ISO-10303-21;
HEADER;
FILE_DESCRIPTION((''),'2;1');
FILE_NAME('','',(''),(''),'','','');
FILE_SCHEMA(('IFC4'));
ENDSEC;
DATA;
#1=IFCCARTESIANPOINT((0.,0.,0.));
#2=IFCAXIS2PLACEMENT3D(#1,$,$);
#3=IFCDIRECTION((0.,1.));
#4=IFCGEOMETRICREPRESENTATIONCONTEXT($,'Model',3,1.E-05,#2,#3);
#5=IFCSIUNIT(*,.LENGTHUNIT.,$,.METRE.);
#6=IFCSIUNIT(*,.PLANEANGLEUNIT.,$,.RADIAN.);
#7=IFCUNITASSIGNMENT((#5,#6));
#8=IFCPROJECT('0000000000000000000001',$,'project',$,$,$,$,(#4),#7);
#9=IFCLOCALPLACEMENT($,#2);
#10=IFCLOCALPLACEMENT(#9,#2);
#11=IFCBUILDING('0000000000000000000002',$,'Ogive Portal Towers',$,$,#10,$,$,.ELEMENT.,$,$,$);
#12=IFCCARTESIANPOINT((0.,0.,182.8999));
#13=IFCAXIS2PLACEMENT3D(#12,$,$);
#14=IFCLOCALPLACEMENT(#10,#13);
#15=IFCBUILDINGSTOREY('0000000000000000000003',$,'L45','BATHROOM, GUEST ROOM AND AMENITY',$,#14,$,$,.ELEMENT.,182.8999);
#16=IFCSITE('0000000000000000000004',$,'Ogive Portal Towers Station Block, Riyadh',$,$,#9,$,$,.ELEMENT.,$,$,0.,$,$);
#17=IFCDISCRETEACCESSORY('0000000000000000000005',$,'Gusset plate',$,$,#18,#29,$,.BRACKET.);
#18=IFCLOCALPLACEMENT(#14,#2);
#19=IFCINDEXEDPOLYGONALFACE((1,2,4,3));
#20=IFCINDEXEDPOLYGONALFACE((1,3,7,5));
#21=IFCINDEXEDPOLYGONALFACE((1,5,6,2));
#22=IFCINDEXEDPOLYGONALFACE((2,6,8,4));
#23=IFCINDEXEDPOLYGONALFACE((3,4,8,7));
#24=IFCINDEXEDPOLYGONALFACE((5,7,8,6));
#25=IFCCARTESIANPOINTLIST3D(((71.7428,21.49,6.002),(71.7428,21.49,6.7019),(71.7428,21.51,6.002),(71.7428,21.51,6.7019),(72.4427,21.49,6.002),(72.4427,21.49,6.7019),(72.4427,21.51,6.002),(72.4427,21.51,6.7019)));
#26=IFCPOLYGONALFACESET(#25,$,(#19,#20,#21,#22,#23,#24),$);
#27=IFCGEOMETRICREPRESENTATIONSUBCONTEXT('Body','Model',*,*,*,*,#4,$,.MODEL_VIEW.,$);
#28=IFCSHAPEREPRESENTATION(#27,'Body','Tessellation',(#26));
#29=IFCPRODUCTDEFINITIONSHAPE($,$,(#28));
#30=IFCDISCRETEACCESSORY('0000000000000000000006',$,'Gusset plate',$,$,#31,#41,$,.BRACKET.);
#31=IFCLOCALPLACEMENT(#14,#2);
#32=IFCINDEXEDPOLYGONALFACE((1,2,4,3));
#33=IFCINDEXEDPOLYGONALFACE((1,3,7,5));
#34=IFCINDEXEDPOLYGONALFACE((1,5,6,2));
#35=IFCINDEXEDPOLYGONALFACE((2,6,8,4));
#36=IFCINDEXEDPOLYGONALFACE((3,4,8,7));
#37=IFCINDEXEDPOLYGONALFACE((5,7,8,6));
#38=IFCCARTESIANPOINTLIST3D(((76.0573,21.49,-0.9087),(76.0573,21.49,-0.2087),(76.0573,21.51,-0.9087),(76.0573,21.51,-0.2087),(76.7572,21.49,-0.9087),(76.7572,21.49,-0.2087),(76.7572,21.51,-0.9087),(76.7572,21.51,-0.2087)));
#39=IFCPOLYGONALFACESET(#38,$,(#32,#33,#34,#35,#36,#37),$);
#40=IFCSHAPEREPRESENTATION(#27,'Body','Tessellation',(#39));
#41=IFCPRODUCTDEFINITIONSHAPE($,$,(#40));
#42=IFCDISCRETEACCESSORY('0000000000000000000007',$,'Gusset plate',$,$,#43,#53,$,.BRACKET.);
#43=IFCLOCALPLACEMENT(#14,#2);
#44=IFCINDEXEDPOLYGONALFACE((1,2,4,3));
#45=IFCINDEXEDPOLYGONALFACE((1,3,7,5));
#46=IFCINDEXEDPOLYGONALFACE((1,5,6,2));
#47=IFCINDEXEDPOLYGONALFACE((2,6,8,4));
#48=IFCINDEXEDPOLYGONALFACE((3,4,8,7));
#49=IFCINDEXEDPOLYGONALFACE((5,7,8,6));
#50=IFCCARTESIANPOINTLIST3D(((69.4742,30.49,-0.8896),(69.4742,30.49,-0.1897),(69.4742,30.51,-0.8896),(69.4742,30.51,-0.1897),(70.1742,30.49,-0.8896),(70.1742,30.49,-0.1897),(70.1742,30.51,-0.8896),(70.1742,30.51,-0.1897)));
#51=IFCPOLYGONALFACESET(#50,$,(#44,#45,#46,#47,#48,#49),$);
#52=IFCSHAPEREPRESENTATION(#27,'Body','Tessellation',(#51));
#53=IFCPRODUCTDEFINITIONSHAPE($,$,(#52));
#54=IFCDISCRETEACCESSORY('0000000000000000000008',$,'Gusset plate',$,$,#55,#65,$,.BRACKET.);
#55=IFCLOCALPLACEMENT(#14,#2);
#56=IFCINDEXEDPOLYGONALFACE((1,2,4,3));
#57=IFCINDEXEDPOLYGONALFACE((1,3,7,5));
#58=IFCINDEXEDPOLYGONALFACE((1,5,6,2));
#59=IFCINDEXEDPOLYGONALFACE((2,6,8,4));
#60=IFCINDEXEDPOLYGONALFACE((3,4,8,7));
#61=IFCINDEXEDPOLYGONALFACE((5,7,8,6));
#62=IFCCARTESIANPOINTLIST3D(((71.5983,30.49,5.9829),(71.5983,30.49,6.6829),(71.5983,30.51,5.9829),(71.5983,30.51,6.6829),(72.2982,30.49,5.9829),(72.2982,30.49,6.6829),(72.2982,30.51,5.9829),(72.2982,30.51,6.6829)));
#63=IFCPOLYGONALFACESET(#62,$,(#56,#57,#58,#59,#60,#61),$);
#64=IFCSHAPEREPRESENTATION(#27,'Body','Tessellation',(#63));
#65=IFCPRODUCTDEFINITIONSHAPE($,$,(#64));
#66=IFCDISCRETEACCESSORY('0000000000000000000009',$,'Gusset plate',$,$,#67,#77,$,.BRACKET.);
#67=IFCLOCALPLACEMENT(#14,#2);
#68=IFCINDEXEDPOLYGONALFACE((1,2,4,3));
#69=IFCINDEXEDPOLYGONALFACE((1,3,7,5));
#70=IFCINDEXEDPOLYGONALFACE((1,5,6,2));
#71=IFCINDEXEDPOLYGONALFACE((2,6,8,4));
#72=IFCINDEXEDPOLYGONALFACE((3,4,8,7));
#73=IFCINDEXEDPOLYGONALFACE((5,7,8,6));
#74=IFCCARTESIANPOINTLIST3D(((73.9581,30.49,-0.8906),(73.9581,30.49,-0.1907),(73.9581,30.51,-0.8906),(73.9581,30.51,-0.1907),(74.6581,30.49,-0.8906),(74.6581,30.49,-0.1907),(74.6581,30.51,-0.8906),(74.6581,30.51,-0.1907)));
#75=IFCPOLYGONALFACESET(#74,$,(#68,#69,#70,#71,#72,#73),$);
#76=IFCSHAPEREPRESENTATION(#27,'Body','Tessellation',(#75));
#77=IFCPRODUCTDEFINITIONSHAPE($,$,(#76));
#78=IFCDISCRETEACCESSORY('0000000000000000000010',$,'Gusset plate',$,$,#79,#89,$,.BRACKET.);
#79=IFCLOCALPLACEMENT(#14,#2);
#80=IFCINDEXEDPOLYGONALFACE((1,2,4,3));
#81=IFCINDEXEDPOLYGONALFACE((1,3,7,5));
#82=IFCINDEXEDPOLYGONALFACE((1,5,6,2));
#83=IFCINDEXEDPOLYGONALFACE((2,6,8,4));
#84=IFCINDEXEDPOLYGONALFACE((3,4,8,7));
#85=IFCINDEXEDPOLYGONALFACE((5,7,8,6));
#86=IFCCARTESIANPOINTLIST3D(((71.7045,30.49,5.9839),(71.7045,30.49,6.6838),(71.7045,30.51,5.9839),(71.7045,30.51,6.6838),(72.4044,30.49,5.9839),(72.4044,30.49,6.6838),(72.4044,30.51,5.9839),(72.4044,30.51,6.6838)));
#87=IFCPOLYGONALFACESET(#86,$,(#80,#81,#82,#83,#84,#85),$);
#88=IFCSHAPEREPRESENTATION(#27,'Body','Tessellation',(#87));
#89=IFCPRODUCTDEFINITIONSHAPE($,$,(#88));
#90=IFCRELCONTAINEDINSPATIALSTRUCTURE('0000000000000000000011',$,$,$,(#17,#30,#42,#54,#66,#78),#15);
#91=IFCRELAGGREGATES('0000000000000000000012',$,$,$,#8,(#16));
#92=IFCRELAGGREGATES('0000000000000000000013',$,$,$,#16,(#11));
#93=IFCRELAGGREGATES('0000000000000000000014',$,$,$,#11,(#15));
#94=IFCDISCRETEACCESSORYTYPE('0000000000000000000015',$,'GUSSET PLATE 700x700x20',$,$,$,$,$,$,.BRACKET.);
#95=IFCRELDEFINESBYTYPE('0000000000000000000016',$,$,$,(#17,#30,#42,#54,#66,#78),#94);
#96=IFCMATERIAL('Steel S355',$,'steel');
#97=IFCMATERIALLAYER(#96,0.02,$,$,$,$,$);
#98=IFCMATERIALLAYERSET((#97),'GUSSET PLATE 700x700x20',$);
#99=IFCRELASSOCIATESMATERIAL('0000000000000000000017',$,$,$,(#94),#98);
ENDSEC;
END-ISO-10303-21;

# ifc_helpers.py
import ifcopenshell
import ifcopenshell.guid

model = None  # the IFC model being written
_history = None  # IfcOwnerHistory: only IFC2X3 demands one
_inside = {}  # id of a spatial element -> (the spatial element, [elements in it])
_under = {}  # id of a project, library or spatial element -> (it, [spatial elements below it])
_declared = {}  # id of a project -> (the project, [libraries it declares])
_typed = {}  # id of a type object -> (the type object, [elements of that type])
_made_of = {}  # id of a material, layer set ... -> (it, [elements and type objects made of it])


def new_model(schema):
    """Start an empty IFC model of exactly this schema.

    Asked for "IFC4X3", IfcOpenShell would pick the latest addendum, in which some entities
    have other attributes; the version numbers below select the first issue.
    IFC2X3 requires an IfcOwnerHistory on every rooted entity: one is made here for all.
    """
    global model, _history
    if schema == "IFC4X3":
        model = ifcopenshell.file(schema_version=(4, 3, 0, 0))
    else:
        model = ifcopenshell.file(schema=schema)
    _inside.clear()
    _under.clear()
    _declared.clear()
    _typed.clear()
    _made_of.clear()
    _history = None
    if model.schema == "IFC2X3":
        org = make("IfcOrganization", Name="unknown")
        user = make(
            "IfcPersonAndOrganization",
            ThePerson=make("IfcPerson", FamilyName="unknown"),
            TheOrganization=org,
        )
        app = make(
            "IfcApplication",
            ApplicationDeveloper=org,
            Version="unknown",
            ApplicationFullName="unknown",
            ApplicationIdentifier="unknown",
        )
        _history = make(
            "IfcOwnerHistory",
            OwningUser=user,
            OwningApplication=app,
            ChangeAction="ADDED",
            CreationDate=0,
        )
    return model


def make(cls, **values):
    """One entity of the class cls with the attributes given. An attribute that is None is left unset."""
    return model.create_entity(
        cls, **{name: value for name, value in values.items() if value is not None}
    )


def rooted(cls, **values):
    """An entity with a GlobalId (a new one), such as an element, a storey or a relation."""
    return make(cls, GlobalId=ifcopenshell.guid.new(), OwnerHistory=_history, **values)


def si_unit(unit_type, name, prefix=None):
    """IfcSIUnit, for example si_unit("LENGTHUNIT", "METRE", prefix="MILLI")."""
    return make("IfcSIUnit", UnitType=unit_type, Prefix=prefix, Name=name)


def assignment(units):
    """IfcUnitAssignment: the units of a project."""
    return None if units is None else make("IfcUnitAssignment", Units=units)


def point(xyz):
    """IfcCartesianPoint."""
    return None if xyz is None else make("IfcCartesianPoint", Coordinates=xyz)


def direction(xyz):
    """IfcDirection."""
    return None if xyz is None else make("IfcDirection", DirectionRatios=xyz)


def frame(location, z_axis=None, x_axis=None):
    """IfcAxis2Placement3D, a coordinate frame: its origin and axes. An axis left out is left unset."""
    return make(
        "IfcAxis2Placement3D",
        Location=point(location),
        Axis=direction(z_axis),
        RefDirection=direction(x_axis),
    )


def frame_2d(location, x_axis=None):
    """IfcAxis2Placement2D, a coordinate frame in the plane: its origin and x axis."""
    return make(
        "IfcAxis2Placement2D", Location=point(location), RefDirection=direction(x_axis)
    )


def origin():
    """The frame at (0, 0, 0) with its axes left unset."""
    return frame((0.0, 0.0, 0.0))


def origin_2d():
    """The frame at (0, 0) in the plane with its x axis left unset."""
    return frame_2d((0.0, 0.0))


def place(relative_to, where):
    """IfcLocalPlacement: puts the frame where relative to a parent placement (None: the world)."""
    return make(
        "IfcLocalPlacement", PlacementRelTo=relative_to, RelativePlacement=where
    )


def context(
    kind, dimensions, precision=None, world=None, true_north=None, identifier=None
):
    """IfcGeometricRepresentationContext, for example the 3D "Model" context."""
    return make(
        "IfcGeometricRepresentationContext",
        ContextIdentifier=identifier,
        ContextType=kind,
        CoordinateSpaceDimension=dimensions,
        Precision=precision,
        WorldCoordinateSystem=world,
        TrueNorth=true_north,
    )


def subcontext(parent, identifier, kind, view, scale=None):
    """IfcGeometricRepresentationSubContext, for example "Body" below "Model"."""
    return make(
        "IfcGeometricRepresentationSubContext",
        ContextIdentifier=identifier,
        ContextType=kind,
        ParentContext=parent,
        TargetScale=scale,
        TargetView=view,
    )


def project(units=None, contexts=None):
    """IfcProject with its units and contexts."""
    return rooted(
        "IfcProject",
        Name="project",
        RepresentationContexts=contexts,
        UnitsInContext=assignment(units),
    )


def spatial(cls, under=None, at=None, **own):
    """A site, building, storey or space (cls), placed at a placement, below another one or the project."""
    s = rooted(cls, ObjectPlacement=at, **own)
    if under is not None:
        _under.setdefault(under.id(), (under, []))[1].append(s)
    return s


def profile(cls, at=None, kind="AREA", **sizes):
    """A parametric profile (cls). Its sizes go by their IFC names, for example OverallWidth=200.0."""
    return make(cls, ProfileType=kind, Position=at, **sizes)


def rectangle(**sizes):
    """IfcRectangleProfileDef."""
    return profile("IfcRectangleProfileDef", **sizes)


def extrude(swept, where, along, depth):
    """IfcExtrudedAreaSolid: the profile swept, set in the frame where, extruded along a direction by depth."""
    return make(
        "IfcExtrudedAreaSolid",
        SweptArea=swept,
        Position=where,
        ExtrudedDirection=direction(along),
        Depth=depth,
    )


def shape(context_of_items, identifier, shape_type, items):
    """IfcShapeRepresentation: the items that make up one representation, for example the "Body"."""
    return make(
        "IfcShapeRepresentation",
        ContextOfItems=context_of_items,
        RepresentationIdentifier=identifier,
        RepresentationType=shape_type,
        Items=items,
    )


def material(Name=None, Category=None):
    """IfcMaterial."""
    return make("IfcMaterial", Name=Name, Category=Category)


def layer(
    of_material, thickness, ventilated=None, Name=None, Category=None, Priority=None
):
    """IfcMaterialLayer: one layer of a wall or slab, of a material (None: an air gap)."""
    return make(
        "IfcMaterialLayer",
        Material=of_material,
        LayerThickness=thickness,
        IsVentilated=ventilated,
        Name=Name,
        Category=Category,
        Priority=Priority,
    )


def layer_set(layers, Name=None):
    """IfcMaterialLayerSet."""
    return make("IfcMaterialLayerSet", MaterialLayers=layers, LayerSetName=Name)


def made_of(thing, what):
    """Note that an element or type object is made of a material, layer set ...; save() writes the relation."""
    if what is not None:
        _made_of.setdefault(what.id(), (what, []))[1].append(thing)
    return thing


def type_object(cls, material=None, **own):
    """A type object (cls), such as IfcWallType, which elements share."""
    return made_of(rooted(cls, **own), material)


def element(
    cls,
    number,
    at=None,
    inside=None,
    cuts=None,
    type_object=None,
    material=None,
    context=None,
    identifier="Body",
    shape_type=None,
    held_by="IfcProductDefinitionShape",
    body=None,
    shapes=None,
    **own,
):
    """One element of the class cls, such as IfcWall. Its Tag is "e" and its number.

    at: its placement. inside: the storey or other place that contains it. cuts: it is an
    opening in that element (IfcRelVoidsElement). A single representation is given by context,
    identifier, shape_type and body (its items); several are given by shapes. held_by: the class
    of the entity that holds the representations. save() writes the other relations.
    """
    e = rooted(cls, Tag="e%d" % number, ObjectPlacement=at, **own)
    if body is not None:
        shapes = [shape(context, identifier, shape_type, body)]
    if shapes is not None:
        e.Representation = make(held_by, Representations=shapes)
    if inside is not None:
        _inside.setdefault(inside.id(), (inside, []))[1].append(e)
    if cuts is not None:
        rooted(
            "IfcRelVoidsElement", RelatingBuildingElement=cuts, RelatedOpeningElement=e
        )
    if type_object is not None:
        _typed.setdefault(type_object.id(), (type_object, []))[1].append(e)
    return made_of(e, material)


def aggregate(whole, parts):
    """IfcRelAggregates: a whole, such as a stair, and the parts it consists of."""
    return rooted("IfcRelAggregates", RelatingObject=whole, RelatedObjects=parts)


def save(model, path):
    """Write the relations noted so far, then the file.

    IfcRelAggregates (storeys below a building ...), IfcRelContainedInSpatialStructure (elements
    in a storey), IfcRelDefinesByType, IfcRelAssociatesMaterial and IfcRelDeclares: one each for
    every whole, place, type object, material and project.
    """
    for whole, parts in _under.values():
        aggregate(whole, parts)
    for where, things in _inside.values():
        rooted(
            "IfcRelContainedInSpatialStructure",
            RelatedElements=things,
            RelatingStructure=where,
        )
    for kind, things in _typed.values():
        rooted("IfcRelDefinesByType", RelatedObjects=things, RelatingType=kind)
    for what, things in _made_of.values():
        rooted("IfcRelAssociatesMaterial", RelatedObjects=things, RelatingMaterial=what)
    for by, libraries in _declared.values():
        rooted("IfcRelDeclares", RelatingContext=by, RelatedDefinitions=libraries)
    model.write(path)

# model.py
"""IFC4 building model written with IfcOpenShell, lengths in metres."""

from ifc_helpers import new_model, si_unit, direction, frame, origin, origin_2d, place, context, subcontext, project, spatial, rectangle, extrude, material, layer, layer_set, type_object, element, save


model = new_model("IFC4")

# Units and contexts
model_context = context("Model", 3, precision=1e-05, world=origin(), true_north=direction((0.0, 1.0)))
body_context = subcontext(model_context, "Body", "Model", "MODEL_VIEW")
ifc_project = project(units=[si_unit("LENGTHUNIT", "METRE"), si_unit("PLANEANGLEUNIT", "RADIAN")], contexts=[model_context])

# Site, building, storey
site_placement = place(None, origin())
site = spatial("IfcSite", under=ifc_project, at=site_placement, Name="Ogive Portal Towers Station Block, Riyadh", CompositionType="ELEMENT", RefElevation=0.0)
building_placement = place(site_placement, origin())
building = spatial("IfcBuilding", under=site, at=building_placement, Name="Ogive Portal Towers", CompositionType="ELEMENT")
storey_placement = place(building_placement, frame((0.0, 0.0, 182.8999)))
storey = spatial("IfcBuildingStorey", under=building, at=storey_placement, Name="L45", Description="BATHROOM, GUEST ROOM AND AMENITY", CompositionType="ELEMENT", Elevation=182.8999)

# Shared definitions
ifc_material_1 = material(Name="Steel S355", Category="steel")

# Discrete accessories
ifc_layer_1 = layer(ifc_material_1, 0.02)
ifc_layer_set_1 = layer_set([ifc_layer_1], Name="GUSSET PLATE 700x700x20")
discrete_accessory_type = type_object("IfcDiscreteAccessoryType", Name="GUSSET PLATE 700x700x20", PredefinedType="BRACKET", material=ifc_layer_set_1)
for number, where, z_axis, x_axis, name in (
    (1, (72.0928, 21.5, 6.002), (0.0, 0.0, 1.0), (1.0, 0.0, 0.0), "Gusset plate"),
    (2, (76.4072, 21.5, -0.9087), (0.0, 0.0, 1.0), (1.0, 0.0, 0.0), "Gusset plate"),
    (3, (69.8242, 30.5, -0.8896), (0.0, 0.0, 1.0), (1.0, 0.0, 0.0), "Gusset plate"),
    (4, (71.9482, 30.5, 5.9829), (0.0, 0.0, 1.0), (1.0, 0.0, 0.0), "Gusset plate"),
    (5, (74.3081, 30.5, -0.8906), (0.0, 0.0, 1.0), (-1.0, 0.0, 0.0), "Gusset plate"),
    (6, (72.0544, 30.5, 5.9839), (0.0, 0.0, 1.0), (-1.0, 0.0, 0.0), "Gusset plate"),
):
    element("IfcDiscreteAccessory", number, at=place(storey_placement, frame(where, z_axis=z_axis, x_axis=x_axis)), inside=storey, type_object=discrete_accessory_type, Name=name, PredefinedType="BRACKET", context=body_context, shape_type="SweptSolid", body=[
        extrude(rectangle(XDim=0.7, YDim=0.02, at=origin_2d()), origin(), (0.0, 0.0, 1.0), 0.7),
    ])

save(model, "model.ifc")
